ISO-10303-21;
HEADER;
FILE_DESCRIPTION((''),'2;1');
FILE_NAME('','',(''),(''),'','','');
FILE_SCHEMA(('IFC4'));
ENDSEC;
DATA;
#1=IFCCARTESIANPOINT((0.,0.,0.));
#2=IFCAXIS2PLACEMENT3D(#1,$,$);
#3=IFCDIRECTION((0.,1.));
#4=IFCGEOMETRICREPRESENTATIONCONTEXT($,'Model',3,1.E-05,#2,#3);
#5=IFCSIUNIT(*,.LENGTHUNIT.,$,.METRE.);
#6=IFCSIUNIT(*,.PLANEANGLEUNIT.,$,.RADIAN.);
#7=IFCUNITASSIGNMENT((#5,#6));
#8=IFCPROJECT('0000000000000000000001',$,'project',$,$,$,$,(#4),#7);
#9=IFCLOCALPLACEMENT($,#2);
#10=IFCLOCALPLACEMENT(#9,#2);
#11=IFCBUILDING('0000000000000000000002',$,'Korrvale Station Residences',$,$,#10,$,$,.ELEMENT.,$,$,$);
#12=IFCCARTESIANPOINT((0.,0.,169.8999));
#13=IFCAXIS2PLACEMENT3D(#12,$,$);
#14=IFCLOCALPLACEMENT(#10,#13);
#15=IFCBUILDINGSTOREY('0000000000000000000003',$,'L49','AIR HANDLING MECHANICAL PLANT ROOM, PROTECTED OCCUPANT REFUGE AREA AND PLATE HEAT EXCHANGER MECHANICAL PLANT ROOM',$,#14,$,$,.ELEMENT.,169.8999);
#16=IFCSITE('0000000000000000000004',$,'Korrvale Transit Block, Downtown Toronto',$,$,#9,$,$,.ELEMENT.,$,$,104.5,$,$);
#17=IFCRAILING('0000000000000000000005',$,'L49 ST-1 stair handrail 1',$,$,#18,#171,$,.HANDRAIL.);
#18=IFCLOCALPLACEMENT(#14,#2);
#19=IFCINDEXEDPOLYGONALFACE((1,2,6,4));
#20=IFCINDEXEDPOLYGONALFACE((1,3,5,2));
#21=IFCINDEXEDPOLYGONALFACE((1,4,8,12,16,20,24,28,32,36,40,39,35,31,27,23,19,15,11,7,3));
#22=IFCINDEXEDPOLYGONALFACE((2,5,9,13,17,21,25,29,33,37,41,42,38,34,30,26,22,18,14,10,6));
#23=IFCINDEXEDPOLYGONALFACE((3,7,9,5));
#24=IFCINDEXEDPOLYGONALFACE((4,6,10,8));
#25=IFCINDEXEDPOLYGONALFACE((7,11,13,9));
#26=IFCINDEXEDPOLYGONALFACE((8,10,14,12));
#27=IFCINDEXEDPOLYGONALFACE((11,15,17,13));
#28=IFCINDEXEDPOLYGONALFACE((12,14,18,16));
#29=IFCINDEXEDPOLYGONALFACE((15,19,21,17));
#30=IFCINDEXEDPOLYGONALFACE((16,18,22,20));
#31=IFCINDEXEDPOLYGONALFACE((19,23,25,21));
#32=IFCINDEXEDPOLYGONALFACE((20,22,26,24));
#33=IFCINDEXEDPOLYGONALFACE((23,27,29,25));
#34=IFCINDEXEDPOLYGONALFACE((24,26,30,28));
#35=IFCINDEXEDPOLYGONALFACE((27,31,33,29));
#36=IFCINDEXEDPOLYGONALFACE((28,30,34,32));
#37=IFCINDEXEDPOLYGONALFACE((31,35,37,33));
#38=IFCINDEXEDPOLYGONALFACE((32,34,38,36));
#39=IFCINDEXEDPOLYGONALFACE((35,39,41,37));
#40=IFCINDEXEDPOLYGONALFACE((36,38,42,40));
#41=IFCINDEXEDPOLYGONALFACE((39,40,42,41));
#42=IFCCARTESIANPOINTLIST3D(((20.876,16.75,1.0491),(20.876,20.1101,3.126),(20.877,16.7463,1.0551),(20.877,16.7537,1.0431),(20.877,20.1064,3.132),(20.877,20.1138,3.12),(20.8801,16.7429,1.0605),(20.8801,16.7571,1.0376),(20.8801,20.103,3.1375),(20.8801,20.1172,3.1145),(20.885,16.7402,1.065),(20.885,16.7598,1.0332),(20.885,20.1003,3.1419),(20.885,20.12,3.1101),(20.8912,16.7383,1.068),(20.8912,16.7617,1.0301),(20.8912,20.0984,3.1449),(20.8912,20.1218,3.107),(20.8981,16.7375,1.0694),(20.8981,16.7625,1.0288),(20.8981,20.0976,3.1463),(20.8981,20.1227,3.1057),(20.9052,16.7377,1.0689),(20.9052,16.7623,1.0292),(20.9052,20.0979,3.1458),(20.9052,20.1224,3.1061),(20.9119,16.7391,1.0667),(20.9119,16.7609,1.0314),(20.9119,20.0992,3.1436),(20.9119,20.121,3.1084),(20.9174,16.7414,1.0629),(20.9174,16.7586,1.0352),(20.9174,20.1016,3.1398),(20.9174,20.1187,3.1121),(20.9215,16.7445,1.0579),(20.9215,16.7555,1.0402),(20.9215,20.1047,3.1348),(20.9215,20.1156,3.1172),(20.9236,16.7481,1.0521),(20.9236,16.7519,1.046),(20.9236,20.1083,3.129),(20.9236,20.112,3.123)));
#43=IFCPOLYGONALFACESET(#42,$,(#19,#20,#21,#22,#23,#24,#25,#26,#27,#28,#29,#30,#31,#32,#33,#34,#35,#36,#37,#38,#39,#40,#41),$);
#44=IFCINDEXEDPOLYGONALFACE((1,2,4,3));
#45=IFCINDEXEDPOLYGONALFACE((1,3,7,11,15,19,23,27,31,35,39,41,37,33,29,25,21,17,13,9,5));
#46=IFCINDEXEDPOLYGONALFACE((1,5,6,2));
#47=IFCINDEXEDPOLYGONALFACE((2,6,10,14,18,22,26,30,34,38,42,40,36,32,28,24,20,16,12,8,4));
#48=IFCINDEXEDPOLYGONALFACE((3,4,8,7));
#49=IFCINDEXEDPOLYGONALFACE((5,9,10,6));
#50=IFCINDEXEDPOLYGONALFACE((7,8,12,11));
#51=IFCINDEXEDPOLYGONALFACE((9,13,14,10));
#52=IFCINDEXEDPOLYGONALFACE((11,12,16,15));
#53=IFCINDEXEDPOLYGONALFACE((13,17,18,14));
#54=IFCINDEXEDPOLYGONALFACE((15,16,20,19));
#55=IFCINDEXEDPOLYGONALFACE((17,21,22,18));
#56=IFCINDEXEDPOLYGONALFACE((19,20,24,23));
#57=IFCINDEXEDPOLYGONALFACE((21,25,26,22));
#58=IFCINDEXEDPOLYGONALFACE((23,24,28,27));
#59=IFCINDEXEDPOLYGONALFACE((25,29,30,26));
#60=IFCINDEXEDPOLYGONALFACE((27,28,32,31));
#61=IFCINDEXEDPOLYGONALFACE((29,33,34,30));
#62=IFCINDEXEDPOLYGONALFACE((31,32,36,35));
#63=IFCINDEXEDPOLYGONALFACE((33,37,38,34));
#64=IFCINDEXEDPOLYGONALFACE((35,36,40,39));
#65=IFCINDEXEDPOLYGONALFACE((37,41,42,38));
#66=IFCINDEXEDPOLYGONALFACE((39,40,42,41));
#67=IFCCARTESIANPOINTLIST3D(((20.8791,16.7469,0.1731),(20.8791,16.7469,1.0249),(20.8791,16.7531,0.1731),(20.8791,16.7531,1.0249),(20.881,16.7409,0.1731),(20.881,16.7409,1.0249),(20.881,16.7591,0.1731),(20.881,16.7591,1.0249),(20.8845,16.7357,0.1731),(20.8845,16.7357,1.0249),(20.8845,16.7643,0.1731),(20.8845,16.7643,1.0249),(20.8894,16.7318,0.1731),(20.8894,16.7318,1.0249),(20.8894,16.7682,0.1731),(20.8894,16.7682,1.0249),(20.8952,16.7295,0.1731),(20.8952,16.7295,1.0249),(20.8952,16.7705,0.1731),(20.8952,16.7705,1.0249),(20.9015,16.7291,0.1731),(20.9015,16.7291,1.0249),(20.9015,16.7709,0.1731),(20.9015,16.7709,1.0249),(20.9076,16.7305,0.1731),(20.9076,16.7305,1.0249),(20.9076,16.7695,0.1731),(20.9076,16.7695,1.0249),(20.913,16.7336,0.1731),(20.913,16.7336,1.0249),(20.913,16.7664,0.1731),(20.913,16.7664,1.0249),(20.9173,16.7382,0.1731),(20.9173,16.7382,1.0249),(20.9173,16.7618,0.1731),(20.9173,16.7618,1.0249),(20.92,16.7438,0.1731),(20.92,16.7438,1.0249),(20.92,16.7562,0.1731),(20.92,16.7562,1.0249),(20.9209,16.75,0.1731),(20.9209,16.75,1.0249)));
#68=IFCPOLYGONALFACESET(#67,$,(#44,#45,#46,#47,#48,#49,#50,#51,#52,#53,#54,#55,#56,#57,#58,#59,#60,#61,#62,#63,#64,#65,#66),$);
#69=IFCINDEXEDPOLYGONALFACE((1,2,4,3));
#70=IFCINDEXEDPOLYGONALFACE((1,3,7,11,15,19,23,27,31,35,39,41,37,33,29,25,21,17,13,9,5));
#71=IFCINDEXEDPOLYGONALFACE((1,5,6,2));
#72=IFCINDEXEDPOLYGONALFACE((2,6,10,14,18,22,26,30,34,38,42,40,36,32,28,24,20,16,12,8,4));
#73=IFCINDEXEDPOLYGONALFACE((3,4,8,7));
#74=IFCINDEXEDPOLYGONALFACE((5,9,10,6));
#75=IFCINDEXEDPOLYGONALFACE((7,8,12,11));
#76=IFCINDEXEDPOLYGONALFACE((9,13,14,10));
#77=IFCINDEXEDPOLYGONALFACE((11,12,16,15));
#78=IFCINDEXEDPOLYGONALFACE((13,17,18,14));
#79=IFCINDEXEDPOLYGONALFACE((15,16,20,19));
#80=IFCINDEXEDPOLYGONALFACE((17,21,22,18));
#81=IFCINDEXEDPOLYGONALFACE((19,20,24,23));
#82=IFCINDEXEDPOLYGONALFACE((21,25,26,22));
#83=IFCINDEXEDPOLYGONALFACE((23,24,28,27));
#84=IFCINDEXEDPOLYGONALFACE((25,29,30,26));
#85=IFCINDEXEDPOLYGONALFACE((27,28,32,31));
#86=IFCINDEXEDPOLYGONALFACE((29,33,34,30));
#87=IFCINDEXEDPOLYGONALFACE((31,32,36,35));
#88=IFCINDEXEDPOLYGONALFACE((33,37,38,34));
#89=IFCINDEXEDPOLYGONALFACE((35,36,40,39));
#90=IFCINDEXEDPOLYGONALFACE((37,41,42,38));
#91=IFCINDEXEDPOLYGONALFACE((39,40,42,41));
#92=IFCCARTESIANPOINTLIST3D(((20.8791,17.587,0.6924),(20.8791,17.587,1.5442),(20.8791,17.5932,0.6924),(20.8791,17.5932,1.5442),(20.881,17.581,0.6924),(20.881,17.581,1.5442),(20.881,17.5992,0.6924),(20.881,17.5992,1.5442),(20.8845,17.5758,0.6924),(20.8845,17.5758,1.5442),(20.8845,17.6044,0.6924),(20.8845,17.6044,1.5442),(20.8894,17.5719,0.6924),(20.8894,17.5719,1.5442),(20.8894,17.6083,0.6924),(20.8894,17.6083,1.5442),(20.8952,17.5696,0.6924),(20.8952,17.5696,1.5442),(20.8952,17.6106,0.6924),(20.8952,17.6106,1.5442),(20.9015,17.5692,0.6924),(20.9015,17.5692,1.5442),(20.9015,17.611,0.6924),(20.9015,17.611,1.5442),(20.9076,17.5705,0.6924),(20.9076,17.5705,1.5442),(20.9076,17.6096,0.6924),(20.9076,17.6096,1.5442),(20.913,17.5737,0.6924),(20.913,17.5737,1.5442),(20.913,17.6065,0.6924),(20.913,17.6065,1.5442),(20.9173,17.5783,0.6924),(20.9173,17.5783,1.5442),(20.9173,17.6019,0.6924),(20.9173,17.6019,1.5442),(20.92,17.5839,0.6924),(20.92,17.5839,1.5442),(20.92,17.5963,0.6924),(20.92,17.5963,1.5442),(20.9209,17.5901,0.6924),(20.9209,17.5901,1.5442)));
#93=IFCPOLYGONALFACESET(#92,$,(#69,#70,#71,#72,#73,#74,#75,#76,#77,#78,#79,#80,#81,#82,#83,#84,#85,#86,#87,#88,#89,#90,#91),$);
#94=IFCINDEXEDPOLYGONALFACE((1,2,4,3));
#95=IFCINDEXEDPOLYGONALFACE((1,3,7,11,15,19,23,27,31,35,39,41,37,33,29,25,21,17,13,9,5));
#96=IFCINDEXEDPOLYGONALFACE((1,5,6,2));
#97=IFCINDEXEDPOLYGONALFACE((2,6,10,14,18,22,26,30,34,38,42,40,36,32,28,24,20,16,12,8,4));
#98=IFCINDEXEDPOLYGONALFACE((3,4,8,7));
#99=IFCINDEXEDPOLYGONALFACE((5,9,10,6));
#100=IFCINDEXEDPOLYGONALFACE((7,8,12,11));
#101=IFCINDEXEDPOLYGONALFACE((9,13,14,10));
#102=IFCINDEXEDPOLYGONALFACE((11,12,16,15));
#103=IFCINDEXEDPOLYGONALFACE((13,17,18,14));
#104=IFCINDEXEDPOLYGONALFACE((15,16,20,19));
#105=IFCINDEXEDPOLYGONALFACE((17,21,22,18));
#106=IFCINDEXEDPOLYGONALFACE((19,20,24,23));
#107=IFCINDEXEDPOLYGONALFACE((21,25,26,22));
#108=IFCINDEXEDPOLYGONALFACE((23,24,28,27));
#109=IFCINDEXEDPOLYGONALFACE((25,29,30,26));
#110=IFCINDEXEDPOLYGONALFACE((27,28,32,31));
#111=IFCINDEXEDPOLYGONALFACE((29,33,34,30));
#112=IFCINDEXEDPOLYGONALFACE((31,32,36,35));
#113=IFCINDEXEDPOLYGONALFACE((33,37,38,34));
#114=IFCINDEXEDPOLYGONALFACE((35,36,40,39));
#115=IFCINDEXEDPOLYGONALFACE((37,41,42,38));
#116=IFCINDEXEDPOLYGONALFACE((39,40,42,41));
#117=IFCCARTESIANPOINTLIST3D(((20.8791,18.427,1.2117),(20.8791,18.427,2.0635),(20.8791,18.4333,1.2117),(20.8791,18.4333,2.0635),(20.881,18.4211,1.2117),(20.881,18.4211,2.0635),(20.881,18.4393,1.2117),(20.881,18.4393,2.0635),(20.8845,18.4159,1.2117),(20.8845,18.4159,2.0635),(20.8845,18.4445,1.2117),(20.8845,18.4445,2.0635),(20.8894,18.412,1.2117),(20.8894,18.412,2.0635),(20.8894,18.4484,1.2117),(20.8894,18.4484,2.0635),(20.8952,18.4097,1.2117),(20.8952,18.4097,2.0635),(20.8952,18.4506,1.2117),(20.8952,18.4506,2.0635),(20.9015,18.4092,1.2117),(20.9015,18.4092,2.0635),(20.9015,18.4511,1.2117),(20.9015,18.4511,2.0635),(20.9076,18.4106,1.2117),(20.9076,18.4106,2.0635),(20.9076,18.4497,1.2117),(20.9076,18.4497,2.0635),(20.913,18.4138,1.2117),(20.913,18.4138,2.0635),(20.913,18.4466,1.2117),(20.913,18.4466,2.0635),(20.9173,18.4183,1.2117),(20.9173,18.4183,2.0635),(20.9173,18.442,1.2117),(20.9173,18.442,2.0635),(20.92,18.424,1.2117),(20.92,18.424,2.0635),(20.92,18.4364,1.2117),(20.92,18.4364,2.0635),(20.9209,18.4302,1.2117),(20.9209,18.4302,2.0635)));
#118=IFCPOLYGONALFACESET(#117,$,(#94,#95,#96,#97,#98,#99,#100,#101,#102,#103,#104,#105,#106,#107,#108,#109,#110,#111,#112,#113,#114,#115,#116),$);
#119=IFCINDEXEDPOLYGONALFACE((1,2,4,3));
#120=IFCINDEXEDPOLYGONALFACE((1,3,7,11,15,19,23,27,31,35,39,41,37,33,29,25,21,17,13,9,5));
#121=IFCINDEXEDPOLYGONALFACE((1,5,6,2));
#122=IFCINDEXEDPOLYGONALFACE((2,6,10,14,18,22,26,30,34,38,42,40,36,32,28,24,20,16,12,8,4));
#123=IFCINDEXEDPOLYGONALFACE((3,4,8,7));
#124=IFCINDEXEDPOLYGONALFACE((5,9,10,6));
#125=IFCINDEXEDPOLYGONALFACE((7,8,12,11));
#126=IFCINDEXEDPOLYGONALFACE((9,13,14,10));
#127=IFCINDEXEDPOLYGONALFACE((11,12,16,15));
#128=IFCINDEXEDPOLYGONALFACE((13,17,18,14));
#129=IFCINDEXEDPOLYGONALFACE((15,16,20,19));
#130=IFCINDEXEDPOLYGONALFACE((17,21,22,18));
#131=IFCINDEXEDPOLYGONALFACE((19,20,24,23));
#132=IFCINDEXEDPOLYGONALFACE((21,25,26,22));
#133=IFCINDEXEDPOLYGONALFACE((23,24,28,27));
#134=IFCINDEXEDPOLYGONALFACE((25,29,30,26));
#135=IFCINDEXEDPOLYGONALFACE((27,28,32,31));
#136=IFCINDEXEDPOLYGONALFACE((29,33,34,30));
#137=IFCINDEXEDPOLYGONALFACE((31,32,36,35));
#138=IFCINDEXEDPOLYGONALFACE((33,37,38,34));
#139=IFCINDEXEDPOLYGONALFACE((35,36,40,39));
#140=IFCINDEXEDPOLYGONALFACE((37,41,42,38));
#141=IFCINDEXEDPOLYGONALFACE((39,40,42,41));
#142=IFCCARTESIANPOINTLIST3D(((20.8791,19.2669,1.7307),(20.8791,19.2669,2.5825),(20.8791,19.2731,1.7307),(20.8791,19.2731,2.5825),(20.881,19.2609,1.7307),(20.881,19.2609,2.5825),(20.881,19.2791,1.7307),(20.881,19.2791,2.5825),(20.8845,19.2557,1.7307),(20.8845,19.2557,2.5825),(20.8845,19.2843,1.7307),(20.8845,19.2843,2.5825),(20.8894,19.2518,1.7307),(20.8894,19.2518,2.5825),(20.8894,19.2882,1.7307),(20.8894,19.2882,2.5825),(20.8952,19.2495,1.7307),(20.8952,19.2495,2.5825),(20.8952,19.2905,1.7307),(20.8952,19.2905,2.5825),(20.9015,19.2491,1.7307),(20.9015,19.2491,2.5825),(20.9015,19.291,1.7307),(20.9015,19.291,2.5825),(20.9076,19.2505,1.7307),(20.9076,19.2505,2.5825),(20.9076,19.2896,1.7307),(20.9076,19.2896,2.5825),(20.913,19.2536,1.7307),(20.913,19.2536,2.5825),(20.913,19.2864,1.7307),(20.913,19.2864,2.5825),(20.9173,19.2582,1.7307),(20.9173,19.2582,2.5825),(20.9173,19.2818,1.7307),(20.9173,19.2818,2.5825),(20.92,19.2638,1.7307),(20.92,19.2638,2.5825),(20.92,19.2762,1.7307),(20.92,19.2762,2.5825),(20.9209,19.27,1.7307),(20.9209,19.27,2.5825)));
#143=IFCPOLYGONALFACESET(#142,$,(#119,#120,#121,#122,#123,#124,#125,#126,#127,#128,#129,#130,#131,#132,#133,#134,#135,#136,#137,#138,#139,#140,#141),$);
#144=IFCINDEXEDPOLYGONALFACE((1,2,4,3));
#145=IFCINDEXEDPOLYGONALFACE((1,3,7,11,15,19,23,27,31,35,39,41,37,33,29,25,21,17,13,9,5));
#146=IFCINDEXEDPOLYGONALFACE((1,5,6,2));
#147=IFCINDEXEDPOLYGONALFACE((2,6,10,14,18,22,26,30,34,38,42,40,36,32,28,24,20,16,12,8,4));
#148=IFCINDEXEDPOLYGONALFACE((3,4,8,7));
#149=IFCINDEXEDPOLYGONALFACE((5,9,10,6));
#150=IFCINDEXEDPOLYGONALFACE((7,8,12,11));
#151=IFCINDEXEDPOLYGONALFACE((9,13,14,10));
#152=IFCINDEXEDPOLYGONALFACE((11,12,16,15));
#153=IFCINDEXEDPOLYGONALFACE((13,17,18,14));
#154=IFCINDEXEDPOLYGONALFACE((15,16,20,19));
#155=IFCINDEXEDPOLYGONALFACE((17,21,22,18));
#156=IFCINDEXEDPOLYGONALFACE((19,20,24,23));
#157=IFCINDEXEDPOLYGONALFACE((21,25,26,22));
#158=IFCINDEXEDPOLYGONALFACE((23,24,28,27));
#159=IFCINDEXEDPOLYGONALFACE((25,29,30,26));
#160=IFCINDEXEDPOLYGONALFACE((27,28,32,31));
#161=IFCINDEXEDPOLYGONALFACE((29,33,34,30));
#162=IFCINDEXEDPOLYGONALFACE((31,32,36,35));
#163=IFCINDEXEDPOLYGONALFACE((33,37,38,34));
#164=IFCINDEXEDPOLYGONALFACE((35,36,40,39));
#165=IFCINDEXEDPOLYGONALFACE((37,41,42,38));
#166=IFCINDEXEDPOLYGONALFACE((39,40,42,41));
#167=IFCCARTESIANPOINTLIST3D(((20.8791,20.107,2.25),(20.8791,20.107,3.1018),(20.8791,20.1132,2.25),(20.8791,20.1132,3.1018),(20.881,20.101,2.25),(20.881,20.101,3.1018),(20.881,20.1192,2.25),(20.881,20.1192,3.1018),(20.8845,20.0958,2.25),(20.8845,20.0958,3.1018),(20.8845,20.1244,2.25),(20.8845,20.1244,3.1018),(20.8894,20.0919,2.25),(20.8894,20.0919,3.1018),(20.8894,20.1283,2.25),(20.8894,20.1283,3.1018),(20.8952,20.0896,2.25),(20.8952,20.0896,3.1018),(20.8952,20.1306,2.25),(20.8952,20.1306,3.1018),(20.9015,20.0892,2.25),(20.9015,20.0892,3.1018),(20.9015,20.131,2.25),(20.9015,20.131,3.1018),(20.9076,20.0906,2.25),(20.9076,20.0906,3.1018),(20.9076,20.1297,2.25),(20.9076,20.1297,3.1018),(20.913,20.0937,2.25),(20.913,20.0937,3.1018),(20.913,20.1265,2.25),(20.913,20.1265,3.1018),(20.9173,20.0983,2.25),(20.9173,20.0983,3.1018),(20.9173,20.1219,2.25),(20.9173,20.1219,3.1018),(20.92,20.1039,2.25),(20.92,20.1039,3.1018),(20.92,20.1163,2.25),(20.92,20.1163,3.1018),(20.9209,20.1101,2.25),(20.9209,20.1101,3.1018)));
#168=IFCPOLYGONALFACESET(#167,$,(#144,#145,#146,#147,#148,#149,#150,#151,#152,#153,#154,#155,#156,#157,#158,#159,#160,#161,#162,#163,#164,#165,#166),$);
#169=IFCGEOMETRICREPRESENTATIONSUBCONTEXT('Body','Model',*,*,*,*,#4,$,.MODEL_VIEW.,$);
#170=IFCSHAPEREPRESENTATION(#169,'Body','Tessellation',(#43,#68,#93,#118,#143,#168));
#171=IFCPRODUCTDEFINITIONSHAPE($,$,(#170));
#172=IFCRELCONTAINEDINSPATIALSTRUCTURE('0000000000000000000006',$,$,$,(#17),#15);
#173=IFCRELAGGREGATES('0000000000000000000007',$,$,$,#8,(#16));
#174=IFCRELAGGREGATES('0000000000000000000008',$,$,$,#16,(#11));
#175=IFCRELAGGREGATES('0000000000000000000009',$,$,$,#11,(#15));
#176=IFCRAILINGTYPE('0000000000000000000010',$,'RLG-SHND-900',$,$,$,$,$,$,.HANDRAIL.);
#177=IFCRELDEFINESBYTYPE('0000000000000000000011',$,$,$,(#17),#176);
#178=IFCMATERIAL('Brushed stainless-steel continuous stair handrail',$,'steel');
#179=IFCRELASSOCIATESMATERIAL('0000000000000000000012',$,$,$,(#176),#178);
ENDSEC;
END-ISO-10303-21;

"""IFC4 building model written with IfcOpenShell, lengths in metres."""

from ifc_helpers import new_model, si_unit, direction, frame, origin, origin_2d, place, context, subcontext, project, spatial, circle, extrude, material, type_object, element, save


model = new_model("IFC4")

# Units and contexts
model_context = context("Model", 3, precision=1e-05, world=origin(), true_north=direction((0.0, 1.0)))
body_context = subcontext(model_context, "Body", "Model", "MODEL_VIEW")
ifc_project = project(units=[si_unit("LENGTHUNIT", "METRE"), si_unit("PLANEANGLEUNIT", "RADIAN")], contexts=[model_context])

# Site, building, storey
site_placement = place(None, origin())
site = spatial("IfcSite", under=ifc_project, at=site_placement, Name="Korrvale Transit Block, Downtown Toronto", CompositionType="ELEMENT", RefElevation=104.5)
building_placement = place(site_placement, origin())
building = spatial("IfcBuilding", under=site, at=building_placement, Name="Korrvale Station Residences", CompositionType="ELEMENT")
storey_placement = place(building_placement, frame((0.0, 0.0, 169.8999)))
storey = spatial("IfcBuildingStorey", under=building, at=storey_placement, Name="L49", Description="AIR HANDLING MECHANICAL PLANT ROOM, PROTECTED OCCUPANT REFUGE AREA AND PLATE HEAT EXCHANGER MECHANICAL PLANT ROOM", CompositionType="ELEMENT", Elevation=169.8999)

# Railing
ifc_material_1 = material(Name="Brushed stainless-steel continuous stair handrail", Category="steel")
railing_type_1 = type_object("IfcRailingType", Name="RLG-SHND-900", PredefinedType="HANDRAIL", material=ifc_material_1)
railing_1_placement = place(storey_placement, frame((20.8999, 16.75, 0.1731)))
element("IfcRailing", 1, at=railing_1_placement, inside=storey, type_object=railing_type_1, Name="L49 ST-1 stair handrail 1", PredefinedType="HANDRAIL", context=body_context, shape_type="SweptSolid", body=[
    extrude(circle(Radius=0.0239, at=origin_2d()), frame((0.0, 0.0, 0.876), z_axis=(0.0, 0.850623, 0.525776), x_axis=(-1.0, 0.0, 0.0)), (0.0, 0.0, 1.0), 3.9502),
    extrude(circle(Radius=0.021, at=origin_2d()), origin(), (0.0, 0.0, 1.0), 0.8518),
    extrude(circle(Radius=0.021, at=origin_2d()), frame((0.0, 0.8401, 0.5193)), (0.0, 0.0, 1.0), 0.8518),
    extrude(circle(Radius=0.021, at=origin_2d()), frame((0.0, 1.6802, 1.0386)), (0.0, 0.0, 1.0), 0.8518),
    extrude(circle(Radius=0.021, at=origin_2d()), frame((0.0, 2.52, 1.5576)), (0.0, 0.0, 1.0), 0.8518),
    extrude(circle(Radius=0.021, at=origin_2d()), frame((0.0, 3.3601, 2.0769)), (0.0, 0.0, 1.0), 0.8518),
])

save(model, "model.ifc")
